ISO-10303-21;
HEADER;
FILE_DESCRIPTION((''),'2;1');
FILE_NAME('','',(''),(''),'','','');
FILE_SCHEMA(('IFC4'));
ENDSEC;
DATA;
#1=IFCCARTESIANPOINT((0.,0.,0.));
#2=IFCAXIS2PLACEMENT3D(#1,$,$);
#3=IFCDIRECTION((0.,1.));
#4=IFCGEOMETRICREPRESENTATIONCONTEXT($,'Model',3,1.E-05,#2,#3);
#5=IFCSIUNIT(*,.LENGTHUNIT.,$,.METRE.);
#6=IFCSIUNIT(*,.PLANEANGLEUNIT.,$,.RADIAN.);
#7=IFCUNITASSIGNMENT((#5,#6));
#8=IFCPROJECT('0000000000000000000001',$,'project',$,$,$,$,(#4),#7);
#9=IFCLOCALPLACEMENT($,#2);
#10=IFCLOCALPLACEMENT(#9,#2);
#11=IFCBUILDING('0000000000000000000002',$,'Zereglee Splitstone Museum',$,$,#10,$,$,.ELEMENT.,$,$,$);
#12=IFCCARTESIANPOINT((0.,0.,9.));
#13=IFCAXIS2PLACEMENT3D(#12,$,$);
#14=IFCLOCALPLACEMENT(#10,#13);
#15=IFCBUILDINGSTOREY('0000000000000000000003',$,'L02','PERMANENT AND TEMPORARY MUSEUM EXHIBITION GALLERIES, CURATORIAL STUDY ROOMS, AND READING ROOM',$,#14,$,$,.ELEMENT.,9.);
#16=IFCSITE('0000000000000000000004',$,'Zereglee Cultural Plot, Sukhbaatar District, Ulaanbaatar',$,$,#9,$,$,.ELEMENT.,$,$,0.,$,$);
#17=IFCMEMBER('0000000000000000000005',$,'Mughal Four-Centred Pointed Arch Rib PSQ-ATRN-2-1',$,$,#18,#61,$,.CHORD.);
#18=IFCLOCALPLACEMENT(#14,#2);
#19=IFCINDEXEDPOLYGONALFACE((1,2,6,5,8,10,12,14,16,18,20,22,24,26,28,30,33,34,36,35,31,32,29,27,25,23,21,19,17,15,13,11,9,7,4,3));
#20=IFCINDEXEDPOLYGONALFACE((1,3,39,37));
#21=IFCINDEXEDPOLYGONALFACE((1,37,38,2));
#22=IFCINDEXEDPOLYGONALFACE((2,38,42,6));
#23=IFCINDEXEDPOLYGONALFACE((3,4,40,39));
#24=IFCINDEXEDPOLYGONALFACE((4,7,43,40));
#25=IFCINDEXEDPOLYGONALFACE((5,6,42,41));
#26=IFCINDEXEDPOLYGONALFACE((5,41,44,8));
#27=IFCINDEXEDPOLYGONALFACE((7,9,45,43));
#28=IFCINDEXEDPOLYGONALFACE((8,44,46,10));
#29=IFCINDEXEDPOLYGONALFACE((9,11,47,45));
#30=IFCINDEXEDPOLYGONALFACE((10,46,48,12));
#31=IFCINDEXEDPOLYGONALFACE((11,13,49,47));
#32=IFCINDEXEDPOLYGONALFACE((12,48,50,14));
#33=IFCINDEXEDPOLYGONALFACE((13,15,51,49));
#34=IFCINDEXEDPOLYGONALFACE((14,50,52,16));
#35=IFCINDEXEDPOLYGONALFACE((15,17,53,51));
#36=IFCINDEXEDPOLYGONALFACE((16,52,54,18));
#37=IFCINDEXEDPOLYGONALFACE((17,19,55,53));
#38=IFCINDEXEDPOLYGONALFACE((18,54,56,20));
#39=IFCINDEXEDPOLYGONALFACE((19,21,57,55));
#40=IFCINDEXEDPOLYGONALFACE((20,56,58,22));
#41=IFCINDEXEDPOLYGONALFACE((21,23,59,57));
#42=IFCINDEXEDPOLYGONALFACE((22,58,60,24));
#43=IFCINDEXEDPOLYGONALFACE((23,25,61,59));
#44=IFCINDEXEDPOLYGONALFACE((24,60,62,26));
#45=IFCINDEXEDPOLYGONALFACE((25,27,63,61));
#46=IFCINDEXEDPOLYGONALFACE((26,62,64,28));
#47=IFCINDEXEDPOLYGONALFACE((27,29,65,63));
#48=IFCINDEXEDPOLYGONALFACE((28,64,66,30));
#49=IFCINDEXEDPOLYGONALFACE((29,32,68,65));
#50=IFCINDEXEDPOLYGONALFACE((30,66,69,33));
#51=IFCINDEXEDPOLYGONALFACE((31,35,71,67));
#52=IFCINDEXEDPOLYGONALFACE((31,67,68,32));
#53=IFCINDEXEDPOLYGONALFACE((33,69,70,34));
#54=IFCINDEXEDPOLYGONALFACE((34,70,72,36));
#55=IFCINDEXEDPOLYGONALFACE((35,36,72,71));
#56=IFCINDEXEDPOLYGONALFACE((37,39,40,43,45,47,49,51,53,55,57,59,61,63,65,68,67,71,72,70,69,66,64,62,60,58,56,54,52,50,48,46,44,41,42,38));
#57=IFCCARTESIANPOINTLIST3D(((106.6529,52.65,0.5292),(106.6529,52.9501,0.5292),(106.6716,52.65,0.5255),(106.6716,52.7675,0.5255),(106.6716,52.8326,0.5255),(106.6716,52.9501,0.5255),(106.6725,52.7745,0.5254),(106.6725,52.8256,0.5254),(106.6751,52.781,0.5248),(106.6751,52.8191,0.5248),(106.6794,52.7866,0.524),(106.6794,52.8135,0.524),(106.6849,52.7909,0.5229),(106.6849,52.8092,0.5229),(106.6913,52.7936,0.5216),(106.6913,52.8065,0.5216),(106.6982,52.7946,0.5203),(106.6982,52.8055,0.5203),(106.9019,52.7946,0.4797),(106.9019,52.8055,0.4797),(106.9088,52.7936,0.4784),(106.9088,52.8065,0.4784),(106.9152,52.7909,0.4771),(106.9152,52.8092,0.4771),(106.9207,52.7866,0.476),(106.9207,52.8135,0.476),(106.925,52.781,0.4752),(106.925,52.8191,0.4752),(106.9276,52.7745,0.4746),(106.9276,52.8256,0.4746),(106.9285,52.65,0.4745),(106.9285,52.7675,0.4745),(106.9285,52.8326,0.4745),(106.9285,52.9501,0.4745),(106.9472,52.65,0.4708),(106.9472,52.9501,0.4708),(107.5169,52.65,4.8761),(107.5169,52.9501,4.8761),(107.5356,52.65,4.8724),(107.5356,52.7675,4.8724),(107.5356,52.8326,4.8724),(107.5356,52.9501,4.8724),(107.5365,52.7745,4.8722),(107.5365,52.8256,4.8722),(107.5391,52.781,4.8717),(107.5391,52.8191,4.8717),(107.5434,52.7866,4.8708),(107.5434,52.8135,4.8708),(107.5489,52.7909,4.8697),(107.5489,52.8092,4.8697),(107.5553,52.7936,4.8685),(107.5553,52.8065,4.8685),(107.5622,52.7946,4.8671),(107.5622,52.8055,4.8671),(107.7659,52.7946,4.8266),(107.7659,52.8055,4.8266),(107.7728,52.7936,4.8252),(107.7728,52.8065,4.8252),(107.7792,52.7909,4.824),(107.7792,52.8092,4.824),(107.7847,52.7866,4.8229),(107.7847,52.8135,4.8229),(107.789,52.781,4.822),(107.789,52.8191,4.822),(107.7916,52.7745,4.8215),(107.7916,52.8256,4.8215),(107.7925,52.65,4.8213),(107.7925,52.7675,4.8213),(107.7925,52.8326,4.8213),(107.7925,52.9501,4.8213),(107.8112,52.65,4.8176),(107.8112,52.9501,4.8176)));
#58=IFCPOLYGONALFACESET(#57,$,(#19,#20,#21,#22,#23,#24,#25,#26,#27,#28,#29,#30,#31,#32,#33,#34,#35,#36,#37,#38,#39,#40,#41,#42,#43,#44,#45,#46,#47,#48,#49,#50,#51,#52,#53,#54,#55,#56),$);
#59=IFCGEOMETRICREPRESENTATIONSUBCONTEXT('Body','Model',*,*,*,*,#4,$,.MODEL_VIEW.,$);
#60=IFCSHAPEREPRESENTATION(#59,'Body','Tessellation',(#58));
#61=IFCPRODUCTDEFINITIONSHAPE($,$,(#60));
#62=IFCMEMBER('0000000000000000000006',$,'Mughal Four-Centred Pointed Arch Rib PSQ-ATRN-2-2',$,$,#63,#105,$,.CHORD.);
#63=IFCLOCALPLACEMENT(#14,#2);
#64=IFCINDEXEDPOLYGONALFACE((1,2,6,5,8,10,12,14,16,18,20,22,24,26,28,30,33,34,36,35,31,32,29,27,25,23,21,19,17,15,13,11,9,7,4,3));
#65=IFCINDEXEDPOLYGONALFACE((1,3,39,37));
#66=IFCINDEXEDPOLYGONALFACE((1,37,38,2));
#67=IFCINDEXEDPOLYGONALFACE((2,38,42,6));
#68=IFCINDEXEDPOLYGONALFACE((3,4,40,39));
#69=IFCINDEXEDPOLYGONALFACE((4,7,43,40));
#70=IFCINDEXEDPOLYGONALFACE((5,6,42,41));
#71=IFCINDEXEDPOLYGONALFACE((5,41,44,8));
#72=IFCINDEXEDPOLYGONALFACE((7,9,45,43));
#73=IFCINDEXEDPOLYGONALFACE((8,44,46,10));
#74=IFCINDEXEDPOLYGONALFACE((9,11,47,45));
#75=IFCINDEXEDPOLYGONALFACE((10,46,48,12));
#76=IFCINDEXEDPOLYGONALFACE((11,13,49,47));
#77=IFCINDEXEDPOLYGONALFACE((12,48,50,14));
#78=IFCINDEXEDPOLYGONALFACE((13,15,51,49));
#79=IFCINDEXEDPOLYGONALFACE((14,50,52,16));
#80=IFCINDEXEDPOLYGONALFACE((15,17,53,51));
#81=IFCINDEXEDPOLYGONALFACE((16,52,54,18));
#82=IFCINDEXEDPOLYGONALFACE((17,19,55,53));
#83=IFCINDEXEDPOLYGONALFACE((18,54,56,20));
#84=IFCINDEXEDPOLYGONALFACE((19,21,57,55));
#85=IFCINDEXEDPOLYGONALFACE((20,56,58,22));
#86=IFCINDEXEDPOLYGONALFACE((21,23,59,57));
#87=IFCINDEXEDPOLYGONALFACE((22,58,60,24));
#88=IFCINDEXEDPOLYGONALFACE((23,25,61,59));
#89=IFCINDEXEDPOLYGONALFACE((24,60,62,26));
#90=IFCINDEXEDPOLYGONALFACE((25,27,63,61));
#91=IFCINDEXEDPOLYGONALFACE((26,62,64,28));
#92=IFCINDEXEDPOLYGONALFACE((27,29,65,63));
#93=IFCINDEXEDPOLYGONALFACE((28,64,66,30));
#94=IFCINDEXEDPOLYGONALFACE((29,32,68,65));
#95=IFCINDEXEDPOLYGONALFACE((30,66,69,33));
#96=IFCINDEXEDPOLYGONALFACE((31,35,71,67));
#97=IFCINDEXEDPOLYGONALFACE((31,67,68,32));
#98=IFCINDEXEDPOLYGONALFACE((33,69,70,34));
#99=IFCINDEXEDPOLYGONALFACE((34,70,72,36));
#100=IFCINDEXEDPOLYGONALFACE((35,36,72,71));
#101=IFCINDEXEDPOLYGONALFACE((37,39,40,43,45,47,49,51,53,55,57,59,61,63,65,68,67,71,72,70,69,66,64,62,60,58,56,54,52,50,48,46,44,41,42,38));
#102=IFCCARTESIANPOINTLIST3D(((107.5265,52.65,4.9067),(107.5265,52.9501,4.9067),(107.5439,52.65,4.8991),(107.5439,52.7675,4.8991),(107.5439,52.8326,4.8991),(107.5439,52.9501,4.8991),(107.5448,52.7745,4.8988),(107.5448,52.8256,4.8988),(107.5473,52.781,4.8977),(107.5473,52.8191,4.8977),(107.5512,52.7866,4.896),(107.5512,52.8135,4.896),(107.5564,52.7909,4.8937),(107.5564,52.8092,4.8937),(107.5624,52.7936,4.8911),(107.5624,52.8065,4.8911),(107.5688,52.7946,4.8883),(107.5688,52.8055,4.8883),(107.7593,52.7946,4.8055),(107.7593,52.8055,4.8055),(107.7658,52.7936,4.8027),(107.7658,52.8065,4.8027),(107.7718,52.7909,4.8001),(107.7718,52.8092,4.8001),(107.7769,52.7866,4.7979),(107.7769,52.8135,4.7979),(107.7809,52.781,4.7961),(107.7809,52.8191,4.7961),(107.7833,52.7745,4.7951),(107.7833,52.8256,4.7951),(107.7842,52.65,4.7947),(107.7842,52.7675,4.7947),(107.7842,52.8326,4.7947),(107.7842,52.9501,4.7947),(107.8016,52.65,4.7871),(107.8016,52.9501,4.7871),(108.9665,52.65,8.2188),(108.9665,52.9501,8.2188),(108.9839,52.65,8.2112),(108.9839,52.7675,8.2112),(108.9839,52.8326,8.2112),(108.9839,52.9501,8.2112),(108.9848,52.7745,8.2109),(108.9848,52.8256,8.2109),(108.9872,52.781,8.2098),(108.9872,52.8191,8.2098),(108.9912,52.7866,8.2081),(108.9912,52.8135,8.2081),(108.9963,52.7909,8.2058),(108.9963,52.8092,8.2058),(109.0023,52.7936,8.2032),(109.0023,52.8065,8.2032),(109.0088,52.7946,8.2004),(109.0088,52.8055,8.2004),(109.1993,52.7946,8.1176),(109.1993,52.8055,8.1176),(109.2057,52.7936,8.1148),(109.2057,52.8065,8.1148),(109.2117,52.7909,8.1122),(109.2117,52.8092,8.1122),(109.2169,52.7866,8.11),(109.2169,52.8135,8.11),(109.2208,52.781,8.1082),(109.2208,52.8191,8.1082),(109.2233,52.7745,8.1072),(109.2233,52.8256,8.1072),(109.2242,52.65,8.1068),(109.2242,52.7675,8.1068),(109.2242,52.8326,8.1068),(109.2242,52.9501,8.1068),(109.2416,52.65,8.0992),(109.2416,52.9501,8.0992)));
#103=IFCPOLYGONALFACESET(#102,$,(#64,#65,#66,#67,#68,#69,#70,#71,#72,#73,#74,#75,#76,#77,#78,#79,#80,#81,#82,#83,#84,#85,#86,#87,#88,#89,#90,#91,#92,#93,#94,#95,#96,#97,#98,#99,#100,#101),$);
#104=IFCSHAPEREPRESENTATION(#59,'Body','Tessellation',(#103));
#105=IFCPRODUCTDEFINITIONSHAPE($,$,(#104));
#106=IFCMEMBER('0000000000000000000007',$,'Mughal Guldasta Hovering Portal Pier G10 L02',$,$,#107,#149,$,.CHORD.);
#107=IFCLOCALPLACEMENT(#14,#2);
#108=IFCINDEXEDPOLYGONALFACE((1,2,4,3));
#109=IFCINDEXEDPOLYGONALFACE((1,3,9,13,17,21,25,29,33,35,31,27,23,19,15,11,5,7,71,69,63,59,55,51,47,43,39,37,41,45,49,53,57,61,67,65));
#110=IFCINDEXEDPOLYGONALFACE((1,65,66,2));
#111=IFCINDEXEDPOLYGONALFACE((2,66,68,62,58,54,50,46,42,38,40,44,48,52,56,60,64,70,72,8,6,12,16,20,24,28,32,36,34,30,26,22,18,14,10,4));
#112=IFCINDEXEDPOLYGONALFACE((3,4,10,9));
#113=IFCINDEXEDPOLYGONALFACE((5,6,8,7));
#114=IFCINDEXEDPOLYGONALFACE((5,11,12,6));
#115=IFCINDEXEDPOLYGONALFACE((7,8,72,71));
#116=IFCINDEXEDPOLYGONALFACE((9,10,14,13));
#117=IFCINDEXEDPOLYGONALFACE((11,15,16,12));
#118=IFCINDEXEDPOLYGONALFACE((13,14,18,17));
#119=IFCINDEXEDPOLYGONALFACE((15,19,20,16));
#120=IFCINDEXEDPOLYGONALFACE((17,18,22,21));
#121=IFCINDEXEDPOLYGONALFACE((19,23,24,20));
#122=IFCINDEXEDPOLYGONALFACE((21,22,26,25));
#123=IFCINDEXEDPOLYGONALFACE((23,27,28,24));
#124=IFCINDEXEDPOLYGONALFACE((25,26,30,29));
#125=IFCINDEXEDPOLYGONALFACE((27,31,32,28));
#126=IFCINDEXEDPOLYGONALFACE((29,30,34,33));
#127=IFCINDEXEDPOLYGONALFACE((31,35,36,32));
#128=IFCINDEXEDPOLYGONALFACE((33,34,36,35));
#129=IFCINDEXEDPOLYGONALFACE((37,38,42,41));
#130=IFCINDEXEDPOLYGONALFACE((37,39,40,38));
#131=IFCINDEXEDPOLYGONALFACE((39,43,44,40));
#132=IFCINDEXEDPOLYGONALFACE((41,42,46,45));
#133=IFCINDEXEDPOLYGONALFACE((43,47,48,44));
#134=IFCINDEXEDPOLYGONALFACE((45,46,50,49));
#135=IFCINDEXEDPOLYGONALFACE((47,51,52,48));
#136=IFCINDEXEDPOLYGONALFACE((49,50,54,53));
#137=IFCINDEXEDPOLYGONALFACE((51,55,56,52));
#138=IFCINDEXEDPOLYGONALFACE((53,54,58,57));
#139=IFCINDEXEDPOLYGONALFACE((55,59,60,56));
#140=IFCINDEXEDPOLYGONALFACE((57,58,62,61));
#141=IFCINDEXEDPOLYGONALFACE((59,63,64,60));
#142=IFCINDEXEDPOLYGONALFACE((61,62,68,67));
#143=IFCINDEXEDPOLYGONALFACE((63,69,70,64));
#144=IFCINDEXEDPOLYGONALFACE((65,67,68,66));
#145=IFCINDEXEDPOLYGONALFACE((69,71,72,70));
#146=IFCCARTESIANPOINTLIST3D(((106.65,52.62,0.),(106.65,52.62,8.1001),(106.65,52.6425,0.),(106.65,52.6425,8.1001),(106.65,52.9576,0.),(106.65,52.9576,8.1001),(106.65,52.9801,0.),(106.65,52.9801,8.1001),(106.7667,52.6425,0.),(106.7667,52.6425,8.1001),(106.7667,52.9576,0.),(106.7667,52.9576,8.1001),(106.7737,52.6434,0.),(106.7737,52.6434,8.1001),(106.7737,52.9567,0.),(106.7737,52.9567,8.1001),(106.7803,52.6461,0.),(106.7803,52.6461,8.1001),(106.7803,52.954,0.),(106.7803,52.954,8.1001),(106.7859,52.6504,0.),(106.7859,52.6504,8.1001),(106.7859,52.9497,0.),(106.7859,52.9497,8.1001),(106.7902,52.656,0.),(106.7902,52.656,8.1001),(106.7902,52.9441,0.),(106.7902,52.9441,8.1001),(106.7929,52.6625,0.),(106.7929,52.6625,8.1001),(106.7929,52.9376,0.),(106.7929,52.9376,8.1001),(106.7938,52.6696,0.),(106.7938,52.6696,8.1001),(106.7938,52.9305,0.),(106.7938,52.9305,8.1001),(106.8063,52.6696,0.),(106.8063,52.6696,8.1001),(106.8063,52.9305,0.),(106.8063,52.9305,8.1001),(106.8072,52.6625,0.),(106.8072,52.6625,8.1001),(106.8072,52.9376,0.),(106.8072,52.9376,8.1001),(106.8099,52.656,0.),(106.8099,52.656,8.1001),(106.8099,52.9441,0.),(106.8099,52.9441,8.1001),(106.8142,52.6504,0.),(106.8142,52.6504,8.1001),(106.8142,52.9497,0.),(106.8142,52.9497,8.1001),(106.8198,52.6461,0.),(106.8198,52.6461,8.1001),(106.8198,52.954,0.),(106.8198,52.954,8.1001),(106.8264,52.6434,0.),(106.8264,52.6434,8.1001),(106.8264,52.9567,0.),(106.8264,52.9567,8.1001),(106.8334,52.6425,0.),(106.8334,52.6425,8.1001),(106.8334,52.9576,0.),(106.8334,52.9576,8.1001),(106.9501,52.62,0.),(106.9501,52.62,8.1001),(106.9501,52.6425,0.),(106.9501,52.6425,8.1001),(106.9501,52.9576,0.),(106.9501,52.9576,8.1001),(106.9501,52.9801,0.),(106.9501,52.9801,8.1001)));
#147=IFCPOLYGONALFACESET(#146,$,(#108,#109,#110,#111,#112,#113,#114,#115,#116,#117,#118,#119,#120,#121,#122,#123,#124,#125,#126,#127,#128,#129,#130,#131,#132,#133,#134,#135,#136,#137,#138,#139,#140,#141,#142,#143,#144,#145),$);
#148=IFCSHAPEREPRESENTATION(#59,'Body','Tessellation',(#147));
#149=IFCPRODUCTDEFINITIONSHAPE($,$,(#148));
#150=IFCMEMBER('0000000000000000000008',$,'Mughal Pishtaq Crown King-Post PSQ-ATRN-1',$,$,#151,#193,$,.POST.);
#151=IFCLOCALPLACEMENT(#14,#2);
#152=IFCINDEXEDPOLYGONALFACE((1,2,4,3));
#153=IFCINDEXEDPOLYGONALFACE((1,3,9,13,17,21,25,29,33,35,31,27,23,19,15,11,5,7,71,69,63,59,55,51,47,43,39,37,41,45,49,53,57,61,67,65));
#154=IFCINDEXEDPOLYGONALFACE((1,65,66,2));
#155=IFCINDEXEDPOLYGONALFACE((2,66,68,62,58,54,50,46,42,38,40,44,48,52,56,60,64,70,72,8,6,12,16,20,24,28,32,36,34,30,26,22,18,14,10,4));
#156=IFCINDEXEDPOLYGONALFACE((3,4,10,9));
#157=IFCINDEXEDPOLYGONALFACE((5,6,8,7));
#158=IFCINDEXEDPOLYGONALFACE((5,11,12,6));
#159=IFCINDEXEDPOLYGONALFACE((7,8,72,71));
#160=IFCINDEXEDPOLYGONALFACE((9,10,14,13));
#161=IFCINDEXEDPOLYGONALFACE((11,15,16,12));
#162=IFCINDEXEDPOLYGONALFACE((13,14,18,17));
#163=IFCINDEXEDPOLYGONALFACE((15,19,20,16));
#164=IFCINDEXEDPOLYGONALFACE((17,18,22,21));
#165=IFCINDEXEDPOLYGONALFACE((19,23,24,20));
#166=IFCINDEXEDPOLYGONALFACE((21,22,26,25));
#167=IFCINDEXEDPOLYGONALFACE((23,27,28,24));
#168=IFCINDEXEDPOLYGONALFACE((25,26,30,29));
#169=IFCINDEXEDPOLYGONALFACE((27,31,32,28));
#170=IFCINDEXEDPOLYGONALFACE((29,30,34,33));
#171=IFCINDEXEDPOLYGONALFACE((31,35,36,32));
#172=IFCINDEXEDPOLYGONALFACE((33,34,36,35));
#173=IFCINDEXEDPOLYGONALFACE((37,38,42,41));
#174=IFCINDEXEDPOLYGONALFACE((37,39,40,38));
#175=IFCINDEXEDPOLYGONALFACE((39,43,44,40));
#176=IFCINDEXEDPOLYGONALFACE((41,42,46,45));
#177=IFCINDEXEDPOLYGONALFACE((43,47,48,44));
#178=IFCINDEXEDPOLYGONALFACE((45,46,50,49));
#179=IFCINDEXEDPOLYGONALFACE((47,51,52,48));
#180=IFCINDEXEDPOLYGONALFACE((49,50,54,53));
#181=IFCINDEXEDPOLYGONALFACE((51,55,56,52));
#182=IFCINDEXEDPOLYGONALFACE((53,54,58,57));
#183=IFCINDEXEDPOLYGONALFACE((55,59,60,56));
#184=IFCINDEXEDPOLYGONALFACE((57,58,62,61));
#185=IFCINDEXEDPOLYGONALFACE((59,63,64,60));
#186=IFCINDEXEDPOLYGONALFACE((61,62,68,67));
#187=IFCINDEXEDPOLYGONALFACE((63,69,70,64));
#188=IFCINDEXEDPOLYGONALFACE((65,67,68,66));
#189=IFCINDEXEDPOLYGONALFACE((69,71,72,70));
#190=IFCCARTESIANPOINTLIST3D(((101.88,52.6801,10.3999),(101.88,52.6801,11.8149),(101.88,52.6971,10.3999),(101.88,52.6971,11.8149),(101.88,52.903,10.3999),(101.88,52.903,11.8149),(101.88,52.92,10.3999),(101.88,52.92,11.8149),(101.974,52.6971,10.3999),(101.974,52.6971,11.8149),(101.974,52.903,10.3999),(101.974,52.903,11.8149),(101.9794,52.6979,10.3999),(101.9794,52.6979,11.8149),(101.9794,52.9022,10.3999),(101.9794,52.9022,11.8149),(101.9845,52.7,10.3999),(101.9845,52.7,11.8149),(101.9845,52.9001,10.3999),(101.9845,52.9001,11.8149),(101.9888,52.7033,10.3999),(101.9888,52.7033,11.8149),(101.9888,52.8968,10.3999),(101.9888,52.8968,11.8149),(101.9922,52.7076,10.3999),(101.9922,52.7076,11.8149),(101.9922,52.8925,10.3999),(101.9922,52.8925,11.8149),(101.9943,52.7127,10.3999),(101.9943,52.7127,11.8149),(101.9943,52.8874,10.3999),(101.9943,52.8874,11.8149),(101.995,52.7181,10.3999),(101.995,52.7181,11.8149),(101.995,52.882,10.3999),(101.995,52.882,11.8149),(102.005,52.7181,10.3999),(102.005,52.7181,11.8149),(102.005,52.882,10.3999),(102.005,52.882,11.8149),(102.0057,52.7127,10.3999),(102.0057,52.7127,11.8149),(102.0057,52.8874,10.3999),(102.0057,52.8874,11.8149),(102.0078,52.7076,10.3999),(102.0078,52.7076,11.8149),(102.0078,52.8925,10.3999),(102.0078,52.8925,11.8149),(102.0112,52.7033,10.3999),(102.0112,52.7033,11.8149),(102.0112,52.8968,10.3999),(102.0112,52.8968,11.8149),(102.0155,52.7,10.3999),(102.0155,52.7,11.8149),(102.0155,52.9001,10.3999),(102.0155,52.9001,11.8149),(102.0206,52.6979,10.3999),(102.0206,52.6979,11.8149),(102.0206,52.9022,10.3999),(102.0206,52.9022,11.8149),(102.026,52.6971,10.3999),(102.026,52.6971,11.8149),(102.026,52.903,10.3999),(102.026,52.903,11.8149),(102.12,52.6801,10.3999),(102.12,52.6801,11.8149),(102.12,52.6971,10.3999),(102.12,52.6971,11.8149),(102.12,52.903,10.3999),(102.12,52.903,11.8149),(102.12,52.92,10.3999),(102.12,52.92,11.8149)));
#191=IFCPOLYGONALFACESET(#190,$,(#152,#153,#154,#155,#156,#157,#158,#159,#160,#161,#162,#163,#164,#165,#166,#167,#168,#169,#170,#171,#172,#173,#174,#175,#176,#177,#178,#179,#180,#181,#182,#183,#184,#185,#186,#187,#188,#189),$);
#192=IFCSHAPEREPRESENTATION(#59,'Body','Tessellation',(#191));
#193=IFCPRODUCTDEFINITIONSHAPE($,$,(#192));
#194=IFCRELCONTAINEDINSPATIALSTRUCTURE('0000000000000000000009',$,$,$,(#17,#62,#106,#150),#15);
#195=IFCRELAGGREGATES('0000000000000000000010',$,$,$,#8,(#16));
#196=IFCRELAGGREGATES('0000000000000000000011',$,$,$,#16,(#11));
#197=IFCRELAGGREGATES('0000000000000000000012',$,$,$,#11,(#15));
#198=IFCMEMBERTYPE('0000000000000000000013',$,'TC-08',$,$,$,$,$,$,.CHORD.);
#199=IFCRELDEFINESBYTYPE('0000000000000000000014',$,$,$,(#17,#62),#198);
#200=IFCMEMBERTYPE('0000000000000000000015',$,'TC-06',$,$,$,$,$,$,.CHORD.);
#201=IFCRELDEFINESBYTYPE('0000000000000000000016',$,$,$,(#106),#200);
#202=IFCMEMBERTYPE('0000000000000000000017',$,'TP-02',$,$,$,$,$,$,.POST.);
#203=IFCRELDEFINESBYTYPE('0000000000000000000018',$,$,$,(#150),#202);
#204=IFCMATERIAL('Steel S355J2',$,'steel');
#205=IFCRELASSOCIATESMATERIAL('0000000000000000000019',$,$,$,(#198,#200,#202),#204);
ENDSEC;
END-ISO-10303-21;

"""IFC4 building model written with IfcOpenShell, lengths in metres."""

from ifc_helpers import new_model, si_unit, direction, frame, origin, origin_2d, place, context, subcontext, project, spatial, i_section, extrude, material, material_profile, profile_set, type_object, element, save


model = new_model("IFC4")

# Units and contexts
model_context = context("Model", 3, precision=1e-05, world=origin(), true_north=direction((0.0, 1.0)))
body_context = subcontext(model_context, "Body", "Model", "MODEL_VIEW")
ifc_project = project(units=[si_unit("LENGTHUNIT", "METRE"), si_unit("PLANEANGLEUNIT", "RADIAN")], contexts=[model_context])

# Site, building, storey
site_placement = place(None, origin())
site = spatial("IfcSite", under=ifc_project, at=site_placement, Name="Zereglee Cultural Plot, Sukhbaatar District, Ulaanbaatar", CompositionType="ELEMENT", RefElevation=0.0)
building_placement = place(site_placement, origin())
building = spatial("IfcBuilding", under=site, at=building_placement, Name="Zereglee Splitstone Museum", CompositionType="ELEMENT")
storey_placement = place(building_placement, frame((0.0, 0.0, 9.0)))
storey = spatial("IfcBuildingStorey", under=building, at=storey_placement, Name="L02", Description="PERMANENT AND TEMPORARY MUSEUM EXHIBITION GALLERIES, CURATORIAL STUDY ROOMS, AND READING ROOM", CompositionType="ELEMENT", Elevation=9.0)

# Members
ifc_material_1 = material(Name="Steel S355J2", Category="steel")
ifc_material_profile_1 = material_profile(ifc_material_1, i_section(OverallWidth=0.3, OverallDepth=0.3, WebThickness=0.011, FlangeThickness=0.019, FilletRadius=0.0271, at=origin_2d()), Name="HE 300 B")
ifc_profile_set_1 = profile_set([ifc_material_profile_1], Name="Steel S355J2")
member_type_1 = type_object("IfcMemberType", Name="TC-08", PredefinedType="CHORD", material=ifc_profile_set_1)
member_1_placement = place(storey_placement, frame((106.8, 52.8, 0.5), z_axis=(0.194951, 0.0, 0.980813), x_axis=(0.0, 1.0, 0.0)))
element("IfcMember", 1, at=member_1_placement, inside=storey, type_object=member_type_1, Name="Mughal Four-Centred Pointed Arch Rib PSQ-ATRN-2-1", PredefinedType="CHORD", context=body_context, shape_type="SweptSolid", body=[
    extrude(i_section(OverallWidth=0.3, OverallDepth=0.3, WebThickness=0.011, FlangeThickness=0.019, FilletRadius=0.0271, at=origin_2d()), origin(), (0.0, 0.0, 1.0), 4.4319),
])
member_2_placement = place(storey_placement, frame((107.6641, 52.8, 4.8469), z_axis=(0.398711, 0.0, 0.917077), x_axis=(0.0, 1.0, 0.0)))
element("IfcMember", 2, at=member_2_placement, inside=storey, type_object=member_type_1, Name="Mughal Four-Centred Pointed Arch Rib PSQ-ATRN-2-2", PredefinedType="CHORD", context=body_context, shape_type="SweptSolid", body=[
    extrude(i_section(OverallWidth=0.3, OverallDepth=0.3, WebThickness=0.011, FlangeThickness=0.019, FilletRadius=0.0271, at=origin_2d()), origin(), (0.0, 0.0, 1.0), 3.6116),
])
ifc_material_profile_2 = material_profile(ifc_material_1, i_section(OverallWidth=0.3, OverallDepth=0.3601, WebThickness=0.0125, FlangeThickness=0.0225, FilletRadius=0.0271, at=origin_2d()), Name="HE 360 B")
ifc_profile_set_2 = profile_set([ifc_material_profile_2], Name="Steel S355J2")
member_type_2 = type_object("IfcMemberType", Name="TC-06", PredefinedType="CHORD", material=ifc_profile_set_2)
member_3_placement = place(storey_placement, frame((106.8, 52.8, 0.0), z_axis=(0.0, 0.0, 1.0), x_axis=(1.0, 0.0, 0.0)))
element("IfcMember", 3, at=member_3_placement, inside=storey, type_object=member_type_2, Name="Mughal Guldasta Hovering Portal Pier G10 L02", PredefinedType="CHORD", context=body_context, shape_type="SweptSolid", body=[
    extrude(i_section(OverallWidth=0.3, OverallDepth=0.3601, WebThickness=0.0125, FlangeThickness=0.0225, FilletRadius=0.0271, at=origin_2d()), origin(), (0.0, 0.0, 1.0), 8.1001),
])
ifc_material_profile_3 = material_profile(ifc_material_1, i_section(OverallWidth=0.24, OverallDepth=0.24, WebThickness=0.01, FlangeThickness=0.0171, FilletRadius=0.021, at=origin_2d()), Name="HE 240 B")
ifc_profile_set_3 = profile_set([ifc_material_profile_3], Name="Steel S355J2")
member_type_3 = type_object("IfcMemberType", Name="TP-02", PredefinedType="POST", material=ifc_profile_set_3)
member_4_placement = place(storey_placement, frame((102.0, 52.8, 10.3999), z_axis=(0.0, 0.0, 1.0), x_axis=(1.0, 0.0, 0.0)))
element("IfcMember", 4, at=member_4_placement, inside=storey, type_object=member_type_3, Name="Mughal Pishtaq Crown King-Post PSQ-ATRN-1", PredefinedType="POST", context=body_context, shape_type="SweptSolid", body=[
    extrude(i_section(OverallWidth=0.24, OverallDepth=0.24, WebThickness=0.01, FlangeThickness=0.0171, FilletRadius=0.021, at=origin_2d()), origin(), (0.0, 0.0, 1.0), 1.415),
])

save(model, "model.ifc")
